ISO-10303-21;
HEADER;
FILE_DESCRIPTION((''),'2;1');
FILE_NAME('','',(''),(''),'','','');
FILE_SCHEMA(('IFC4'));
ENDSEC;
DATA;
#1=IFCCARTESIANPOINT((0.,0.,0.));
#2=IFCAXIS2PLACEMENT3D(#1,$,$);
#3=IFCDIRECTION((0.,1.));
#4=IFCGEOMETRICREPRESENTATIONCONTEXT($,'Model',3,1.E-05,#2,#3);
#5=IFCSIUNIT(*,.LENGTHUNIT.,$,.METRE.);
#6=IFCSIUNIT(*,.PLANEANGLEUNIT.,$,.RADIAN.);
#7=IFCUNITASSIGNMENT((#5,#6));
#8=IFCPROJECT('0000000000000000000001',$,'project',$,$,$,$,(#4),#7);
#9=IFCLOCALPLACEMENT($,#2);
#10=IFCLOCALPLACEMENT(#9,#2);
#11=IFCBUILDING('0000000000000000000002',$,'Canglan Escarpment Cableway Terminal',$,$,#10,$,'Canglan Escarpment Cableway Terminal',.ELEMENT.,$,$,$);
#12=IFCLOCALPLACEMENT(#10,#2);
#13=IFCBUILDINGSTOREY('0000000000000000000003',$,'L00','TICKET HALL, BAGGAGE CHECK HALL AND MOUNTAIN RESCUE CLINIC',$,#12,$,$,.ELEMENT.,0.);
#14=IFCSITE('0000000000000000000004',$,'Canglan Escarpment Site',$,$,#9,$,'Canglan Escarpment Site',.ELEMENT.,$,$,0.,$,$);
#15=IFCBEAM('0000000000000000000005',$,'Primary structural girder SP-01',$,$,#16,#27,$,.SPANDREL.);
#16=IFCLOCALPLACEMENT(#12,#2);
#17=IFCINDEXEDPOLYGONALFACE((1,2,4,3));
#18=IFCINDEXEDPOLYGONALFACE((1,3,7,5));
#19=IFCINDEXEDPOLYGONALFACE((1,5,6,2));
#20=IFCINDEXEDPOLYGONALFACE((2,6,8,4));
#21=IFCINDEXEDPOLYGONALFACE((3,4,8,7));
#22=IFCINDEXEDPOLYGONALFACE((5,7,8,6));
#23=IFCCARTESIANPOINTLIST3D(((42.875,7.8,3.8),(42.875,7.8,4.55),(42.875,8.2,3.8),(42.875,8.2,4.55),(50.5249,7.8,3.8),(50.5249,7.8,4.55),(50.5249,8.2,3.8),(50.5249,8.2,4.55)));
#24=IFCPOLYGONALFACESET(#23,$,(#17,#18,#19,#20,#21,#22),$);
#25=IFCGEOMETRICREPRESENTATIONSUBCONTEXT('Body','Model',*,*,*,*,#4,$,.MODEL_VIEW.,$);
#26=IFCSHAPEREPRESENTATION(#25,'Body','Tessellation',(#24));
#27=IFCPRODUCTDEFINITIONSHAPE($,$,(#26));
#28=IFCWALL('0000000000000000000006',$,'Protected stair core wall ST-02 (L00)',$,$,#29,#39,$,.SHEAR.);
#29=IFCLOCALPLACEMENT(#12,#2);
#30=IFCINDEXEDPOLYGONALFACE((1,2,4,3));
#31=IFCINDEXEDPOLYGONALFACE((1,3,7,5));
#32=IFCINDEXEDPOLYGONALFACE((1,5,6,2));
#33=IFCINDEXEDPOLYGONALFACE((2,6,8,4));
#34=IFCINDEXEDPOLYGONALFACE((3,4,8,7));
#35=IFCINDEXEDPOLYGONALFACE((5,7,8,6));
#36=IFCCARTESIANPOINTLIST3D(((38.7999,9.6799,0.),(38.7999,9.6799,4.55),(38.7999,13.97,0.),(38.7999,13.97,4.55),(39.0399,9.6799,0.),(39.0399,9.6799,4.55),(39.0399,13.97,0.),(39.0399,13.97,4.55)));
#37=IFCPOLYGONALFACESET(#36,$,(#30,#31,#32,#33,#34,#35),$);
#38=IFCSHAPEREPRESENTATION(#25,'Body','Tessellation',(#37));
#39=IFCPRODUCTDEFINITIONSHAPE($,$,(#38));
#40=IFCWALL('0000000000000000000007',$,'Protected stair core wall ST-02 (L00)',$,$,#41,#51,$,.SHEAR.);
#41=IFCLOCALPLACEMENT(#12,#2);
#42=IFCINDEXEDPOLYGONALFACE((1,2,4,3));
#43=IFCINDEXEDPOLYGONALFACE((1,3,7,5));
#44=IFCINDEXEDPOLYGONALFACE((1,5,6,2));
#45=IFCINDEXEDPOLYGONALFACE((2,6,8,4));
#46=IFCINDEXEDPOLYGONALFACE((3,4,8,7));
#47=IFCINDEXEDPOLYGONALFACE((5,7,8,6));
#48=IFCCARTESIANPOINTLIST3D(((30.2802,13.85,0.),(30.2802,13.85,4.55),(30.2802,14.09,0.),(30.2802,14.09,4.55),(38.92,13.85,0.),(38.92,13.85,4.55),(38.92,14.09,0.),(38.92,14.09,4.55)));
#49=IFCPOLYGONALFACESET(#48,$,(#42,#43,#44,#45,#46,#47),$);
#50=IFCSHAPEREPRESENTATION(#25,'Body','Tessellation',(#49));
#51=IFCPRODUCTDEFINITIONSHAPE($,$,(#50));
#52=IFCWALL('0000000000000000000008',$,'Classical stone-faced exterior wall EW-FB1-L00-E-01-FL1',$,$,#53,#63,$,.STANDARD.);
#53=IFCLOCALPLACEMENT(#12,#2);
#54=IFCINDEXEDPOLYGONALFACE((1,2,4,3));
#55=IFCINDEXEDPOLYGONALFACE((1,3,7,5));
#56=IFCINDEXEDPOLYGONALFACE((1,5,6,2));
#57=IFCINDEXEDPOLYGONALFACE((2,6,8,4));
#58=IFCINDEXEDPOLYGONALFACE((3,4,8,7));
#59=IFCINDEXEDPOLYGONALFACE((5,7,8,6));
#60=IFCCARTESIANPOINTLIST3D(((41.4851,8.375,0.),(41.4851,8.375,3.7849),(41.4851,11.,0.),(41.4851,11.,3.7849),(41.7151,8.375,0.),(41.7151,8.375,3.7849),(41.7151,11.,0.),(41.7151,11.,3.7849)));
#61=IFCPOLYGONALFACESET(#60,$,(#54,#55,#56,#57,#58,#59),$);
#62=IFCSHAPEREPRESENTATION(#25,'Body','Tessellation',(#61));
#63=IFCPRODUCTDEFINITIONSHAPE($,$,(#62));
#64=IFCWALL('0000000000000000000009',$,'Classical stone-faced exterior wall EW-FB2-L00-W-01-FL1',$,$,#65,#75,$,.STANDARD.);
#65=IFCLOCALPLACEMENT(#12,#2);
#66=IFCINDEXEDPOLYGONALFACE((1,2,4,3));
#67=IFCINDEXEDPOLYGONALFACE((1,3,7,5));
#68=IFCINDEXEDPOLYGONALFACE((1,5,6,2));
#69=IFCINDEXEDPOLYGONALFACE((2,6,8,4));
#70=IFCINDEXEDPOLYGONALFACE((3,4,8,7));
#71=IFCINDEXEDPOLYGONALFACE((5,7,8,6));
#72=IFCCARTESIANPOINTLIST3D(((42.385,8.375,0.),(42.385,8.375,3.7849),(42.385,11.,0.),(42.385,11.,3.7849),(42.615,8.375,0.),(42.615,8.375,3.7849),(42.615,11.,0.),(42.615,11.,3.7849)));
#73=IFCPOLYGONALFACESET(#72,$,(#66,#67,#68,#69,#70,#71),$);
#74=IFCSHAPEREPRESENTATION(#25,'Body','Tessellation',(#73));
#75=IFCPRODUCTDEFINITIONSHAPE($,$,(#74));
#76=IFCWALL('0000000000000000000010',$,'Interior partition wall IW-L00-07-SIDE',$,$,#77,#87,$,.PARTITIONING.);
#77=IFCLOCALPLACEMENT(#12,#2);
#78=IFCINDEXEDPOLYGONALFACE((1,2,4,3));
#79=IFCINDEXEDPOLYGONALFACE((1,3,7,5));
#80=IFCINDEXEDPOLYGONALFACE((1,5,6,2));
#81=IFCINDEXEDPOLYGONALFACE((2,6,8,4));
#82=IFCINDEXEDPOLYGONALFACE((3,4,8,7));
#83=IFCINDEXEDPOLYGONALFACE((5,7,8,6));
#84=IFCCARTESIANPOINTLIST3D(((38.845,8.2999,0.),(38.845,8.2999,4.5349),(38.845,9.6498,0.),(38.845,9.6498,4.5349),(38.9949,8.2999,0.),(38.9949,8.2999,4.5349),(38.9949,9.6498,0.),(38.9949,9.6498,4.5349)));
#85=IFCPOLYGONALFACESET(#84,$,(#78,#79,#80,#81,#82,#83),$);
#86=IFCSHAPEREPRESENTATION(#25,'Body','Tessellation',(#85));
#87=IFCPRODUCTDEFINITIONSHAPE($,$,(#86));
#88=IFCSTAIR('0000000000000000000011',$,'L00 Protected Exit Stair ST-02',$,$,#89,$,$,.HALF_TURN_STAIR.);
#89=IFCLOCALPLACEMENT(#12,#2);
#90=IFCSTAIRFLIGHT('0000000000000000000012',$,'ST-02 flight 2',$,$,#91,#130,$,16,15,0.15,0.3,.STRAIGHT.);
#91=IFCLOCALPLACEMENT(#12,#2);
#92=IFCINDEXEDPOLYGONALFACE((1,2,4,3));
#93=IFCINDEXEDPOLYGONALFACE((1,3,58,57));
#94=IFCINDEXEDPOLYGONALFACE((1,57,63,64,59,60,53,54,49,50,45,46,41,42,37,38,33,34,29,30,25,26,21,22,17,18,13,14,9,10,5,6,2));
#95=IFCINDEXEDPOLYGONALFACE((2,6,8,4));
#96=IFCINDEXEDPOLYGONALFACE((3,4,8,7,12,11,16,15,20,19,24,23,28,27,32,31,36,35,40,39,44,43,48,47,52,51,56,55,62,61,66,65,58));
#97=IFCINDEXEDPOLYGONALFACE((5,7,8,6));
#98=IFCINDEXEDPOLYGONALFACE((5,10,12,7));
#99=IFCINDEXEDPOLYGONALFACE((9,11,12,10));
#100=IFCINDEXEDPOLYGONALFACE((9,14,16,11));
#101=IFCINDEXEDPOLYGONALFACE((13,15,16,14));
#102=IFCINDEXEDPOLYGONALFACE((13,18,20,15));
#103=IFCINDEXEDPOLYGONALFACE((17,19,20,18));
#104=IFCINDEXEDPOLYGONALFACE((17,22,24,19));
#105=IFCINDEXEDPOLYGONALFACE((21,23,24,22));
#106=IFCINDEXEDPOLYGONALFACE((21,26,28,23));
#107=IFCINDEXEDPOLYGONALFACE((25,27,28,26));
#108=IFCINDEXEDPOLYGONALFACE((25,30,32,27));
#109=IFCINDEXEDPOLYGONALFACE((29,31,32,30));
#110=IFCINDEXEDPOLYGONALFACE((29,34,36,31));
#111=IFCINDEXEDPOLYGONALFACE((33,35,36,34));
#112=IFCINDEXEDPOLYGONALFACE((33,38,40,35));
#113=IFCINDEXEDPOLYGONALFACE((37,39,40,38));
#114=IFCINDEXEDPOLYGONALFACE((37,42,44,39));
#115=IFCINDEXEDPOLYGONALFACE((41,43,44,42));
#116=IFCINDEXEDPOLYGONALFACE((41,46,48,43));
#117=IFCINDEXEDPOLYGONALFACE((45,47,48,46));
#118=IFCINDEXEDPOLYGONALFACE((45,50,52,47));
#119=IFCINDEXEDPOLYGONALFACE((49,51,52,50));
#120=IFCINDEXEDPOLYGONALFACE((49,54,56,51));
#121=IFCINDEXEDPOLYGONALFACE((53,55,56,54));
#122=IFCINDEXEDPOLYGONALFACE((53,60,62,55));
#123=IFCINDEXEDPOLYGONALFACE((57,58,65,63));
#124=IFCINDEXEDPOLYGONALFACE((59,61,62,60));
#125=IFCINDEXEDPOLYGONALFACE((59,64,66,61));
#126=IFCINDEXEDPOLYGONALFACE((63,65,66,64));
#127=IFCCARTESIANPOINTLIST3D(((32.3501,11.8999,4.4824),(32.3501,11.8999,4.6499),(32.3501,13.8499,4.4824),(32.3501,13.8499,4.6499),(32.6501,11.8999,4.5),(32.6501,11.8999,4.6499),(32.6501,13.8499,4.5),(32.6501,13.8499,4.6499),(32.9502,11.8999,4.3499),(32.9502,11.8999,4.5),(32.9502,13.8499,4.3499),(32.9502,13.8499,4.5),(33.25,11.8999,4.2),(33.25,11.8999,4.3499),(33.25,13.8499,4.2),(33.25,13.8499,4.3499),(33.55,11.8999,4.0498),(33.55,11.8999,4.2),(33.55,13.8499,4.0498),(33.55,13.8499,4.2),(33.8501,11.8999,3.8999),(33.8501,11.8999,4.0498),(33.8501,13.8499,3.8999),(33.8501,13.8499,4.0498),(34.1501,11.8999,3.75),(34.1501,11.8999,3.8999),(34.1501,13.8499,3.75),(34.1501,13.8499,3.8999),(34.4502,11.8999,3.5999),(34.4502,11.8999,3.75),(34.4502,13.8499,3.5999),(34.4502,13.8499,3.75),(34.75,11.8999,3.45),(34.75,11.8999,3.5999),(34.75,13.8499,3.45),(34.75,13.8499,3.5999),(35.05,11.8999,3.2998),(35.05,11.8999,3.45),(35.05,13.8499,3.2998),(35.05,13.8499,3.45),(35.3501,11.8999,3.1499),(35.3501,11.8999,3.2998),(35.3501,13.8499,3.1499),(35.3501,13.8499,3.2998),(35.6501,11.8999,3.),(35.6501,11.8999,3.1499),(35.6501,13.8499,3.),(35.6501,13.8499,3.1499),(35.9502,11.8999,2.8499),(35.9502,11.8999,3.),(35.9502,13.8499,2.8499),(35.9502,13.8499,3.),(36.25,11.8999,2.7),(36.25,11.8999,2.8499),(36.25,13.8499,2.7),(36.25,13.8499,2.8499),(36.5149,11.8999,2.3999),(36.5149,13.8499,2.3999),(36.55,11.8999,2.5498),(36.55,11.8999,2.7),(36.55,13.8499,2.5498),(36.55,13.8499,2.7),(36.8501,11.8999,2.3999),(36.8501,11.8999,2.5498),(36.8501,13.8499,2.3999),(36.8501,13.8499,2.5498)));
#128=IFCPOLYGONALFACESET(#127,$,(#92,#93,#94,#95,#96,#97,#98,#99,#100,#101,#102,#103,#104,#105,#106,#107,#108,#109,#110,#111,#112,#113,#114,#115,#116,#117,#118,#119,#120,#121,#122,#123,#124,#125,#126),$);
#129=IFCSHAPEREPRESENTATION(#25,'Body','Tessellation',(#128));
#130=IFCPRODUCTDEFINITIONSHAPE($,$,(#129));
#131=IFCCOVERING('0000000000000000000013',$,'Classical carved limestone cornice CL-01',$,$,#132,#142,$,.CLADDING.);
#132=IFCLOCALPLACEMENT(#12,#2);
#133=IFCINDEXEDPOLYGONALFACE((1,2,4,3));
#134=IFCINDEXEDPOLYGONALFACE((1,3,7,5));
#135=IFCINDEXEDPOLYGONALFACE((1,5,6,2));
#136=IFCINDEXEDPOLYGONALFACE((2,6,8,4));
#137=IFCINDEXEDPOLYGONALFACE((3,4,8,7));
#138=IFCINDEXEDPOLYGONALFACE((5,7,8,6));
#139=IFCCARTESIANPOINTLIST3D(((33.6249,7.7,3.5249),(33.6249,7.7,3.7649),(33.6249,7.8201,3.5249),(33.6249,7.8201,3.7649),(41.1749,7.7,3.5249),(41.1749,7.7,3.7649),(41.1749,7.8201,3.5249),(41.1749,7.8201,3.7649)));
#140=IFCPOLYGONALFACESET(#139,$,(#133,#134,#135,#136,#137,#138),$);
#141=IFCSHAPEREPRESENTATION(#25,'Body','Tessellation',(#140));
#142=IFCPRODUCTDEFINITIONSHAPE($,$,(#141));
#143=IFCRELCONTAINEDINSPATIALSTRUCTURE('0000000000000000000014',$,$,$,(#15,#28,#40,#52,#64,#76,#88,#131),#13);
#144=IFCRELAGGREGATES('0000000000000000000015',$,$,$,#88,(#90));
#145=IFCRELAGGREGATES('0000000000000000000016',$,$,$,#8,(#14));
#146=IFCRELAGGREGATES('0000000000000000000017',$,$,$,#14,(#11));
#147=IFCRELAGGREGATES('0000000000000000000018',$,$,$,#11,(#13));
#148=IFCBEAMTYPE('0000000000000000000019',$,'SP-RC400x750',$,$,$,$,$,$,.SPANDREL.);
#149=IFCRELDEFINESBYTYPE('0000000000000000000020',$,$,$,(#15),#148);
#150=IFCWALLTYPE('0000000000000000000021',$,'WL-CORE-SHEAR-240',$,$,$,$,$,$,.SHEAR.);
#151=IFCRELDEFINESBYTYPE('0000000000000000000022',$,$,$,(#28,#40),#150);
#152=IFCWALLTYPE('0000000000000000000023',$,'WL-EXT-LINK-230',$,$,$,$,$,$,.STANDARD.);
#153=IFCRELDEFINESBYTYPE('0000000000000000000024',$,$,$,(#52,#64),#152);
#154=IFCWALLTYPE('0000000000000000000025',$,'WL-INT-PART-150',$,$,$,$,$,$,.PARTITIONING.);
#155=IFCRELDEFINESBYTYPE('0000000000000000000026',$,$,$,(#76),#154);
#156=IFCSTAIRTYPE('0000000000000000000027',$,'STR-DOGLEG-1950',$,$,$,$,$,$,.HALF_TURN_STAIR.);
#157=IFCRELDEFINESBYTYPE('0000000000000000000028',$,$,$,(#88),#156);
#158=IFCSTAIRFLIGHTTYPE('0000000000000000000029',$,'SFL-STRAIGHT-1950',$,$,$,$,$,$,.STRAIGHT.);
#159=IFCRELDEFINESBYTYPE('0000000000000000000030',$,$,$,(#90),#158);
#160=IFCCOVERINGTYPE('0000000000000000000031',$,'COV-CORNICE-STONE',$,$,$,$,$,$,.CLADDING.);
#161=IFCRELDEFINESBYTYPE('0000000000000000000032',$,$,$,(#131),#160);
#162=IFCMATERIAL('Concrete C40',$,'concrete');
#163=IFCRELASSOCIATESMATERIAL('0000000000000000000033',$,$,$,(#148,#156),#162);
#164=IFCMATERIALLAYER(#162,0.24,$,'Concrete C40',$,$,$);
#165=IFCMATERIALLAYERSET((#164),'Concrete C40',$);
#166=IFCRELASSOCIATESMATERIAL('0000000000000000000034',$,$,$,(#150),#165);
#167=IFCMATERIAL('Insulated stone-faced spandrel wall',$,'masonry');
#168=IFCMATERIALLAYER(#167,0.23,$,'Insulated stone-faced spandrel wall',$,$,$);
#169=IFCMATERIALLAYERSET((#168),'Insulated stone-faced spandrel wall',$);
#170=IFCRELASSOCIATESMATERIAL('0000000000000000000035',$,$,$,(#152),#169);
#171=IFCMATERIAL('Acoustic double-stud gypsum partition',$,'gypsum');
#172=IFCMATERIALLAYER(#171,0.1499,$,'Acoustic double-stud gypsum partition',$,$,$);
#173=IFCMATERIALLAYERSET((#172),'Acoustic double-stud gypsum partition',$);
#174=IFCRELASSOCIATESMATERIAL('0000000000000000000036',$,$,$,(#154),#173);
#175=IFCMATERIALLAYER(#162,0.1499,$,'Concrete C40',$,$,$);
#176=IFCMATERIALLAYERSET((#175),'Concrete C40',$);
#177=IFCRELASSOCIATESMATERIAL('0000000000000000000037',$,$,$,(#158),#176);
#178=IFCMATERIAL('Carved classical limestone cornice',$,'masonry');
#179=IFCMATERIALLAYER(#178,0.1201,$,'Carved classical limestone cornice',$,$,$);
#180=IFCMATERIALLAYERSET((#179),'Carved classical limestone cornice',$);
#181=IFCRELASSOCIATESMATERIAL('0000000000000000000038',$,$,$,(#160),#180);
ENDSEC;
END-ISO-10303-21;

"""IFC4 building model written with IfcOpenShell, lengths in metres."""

from ifc_helpers import new_model, si_unit, direction, frame, frame_2d, origin, origin_2d, place, context, subcontext, project, spatial, polyline, rectangle, outline, extrude, material, layer, layer_set, material_profile, profile_set, type_object, element, aggregate, save


model = new_model("IFC4")

# Units and contexts
model_context = context("Model", 3, precision=1e-05, world=origin(), true_north=direction((0.0, 1.0)))
body_context = subcontext(model_context, "Body", "Model", "MODEL_VIEW")
ifc_project = project(units=[si_unit("LENGTHUNIT", "METRE"), si_unit("PLANEANGLEUNIT", "RADIAN")], contexts=[model_context])

# Site, building, storey
site_placement = place(None, origin())
site = spatial("IfcSite", under=ifc_project, at=site_placement, Name="Canglan Escarpment Site", LongName="Canglan Escarpment Site", CompositionType="ELEMENT", RefElevation=0.0)
building_placement = place(site_placement, origin())
building = spatial("IfcBuilding", under=site, at=building_placement, Name="Canglan Escarpment Cableway Terminal", LongName="Canglan Escarpment Cableway Terminal", CompositionType="ELEMENT")
storey_placement = place(building_placement, origin())
storey = spatial("IfcBuildingStorey", under=building, at=storey_placement, Name="L00", Description="TICKET HALL, BAGGAGE CHECK HALL AND MOUNTAIN RESCUE CLINIC", CompositionType="ELEMENT", Elevation=0.0)

# Shared definitions
ifc_material_1 = material(Name="Concrete C40", Category="concrete")

# Beam
ifc_material_profile_1 = material_profile(ifc_material_1, rectangle(XDim=0.3999, YDim=0.75, at=origin_2d()), Name="RC 400x750")
ifc_profile_set_1 = profile_set([ifc_material_profile_1], Name="Concrete C40")
beam_type_1 = type_object("IfcBeamType", Name="SP-RC400x750", PredefinedType="SPANDREL", material=ifc_profile_set_1)
beam_placement = place(storey_placement, frame((42.875, 8.0, 4.175), z_axis=(1.0, 0.0, 0.0), x_axis=(0.0, 1.0, 0.0)))
element("IfcBeam", 1, at=beam_placement, inside=storey, type_object=beam_type_1, Name="Primary structural girder SP-01", PredefinedType="SPANDREL", context=body_context, shape_type="SweptSolid", body=[
    extrude(rectangle(XDim=0.3999, YDim=0.75, at=origin_2d()), origin(), (0.0, 0.0, 1.0), 7.6499),
])

# Walls
ifc_layer_1 = layer(ifc_material_1, 0.24, Name="Concrete C40")
ifc_layer_set_1 = layer_set([ifc_layer_1], Name="Concrete C40")
wall_type_1 = type_object("IfcWallType", Name="WL-CORE-SHEAR-240", PredefinedType="SHEAR", material=ifc_layer_set_1)
wall_1_placement = place(storey_placement, frame((38.9199, 9.6799, 0.0), z_axis=(0.0, 0.0, 1.0), x_axis=(0.0, 1.0, 0.0)))
element("IfcWall", 2, at=wall_1_placement, inside=storey, type_object=wall_type_1, Name="Protected stair core wall ST-02 (L00)", PredefinedType="SHEAR", context=body_context, shape_type="SweptSolid", body=[
    extrude(rectangle(XDim=4.29, YDim=0.24, at=frame_2d((2.145, 0.0))), origin(), (0.0, 0.0, 1.0), 4.55),
])
wall_2_placement = place(storey_placement, frame((38.9199, 13.97, 0.0), z_axis=(0.0, 0.0, 1.0), x_axis=(-1.0, 0.0, 0.0)))
element("IfcWall", 3, at=wall_2_placement, inside=storey, type_object=wall_type_1, Name="Protected stair core wall ST-02 (L00)", PredefinedType="SHEAR", context=body_context, shape_type="SweptSolid", body=[
    extrude(rectangle(XDim=8.6399, YDim=0.24, at=frame_2d((4.3198, 0.0))), origin(), (0.0, 0.0, 1.0), 4.55),
])
ifc_material_2 = material(Name="Insulated stone-faced spandrel wall", Category="masonry")
ifc_layer_2 = layer(ifc_material_2, 0.23, Name="Insulated stone-faced spandrel wall")
ifc_layer_set_2 = layer_set([ifc_layer_2], Name="Insulated stone-faced spandrel wall")
wall_type_2 = type_object("IfcWallType", Name="WL-EXT-LINK-230", PredefinedType="STANDARD", material=ifc_layer_set_2)
for number, where, z_axis, x_axis, name in (
    (4, (41.6001, 8.375, 0.0), (0.0, 0.0, 1.0), (0.0, 1.0, 0.0), "Classical stone-faced exterior wall EW-FB1-L00-E-01-FL1"),
    (5, (42.5, 8.375, 0.0), (0.0, 0.0, 1.0), (0.0, 1.0, 0.0), "Classical stone-faced exterior wall EW-FB2-L00-W-01-FL1"),
):
    element("IfcWall", number, at=place(storey_placement, frame(where, z_axis=z_axis, x_axis=x_axis)), inside=storey, type_object=wall_type_2, Name=name, PredefinedType="STANDARD", context=body_context, shape_type="SweptSolid", body=[
        extrude(rectangle(XDim=2.625, YDim=0.23, at=frame_2d((1.3125, 0.0))), origin(), (0.0, 0.0, 1.0), 3.7849),
    ])
ifc_material_3 = material(Name="Acoustic double-stud gypsum partition", Category="gypsum")
ifc_layer_3 = layer(ifc_material_3, 0.1499, Name="Acoustic double-stud gypsum partition")
ifc_layer_set_3 = layer_set([ifc_layer_3], Name="Acoustic double-stud gypsum partition")
wall_type_3 = type_object("IfcWallType", Name="WL-INT-PART-150", PredefinedType="PARTITIONING", material=ifc_layer_set_3)
wall_3_placement = place(storey_placement, frame((38.9199, 8.3, 0.0), z_axis=(0.0, 0.0, 1.0), x_axis=(0.0, 1.0, 0.0)))
element("IfcWall", 6, at=wall_3_placement, inside=storey, type_object=wall_type_3, Name="Interior partition wall IW-L00-07-SIDE", PredefinedType="PARTITIONING", context=body_context, shape_type="SweptSolid", body=[
    extrude(rectangle(XDim=1.3499, YDim=0.1499, at=frame_2d((0.6748, 0.0))), origin(), (0.0, 0.0, 1.0), 4.5349),
])

# Stair, stair flight
stair_type = type_object("IfcStairType", Name="STR-DOGLEG-1950", PredefinedType="HALF_TURN_STAIR", material=ifc_material_1)
stair_placement = place(storey_placement, origin())
stair = element("IfcStair", 7, at=stair_placement, inside=storey, type_object=stair_type, Name="L00 Protected Exit Stair ST-02", PredefinedType="HALF_TURN_STAIR")
ifc_layer_4 = layer(ifc_material_1, 0.1499, Name="Concrete C40")
ifc_layer_set_4 = layer_set([ifc_layer_4], Name="Concrete C40")
stair_flight_type = type_object("IfcStairFlightType", Name="SFL-STRAIGHT-1950", PredefinedType="STRAIGHT", material=ifc_layer_set_4)
stair_flight_placement = place(storey_placement, frame((36.8501, 12.875, 2.3999), z_axis=(0.0, 0.0, 1.0), x_axis=(-1.0, 0.0, 0.0)))
stair_flight = element("IfcStairFlight", 8, at=stair_flight_placement, type_object=stair_flight_type, Name="ST-02 flight 2", NumberOfRisers=16, NumberOfTreads=15, PredefinedType="STRAIGHT", RiserHeight=0.15, TreadLength=0.3, context=body_context, shape_type="SweptSolid", body=[
    extrude(outline(polyline([(0.0, 0.0), (0.0, 0.1499), (0.3, 0.1499), (0.3, 0.3), (0.6001, 0.3), (0.6001, 0.45), (0.8999, 0.45), (0.8999, 0.6001), (1.2, 0.6001), (1.2, 0.75), (1.5, 0.75), (1.5, 0.8999), (1.8, 0.8999), (1.8, 1.05), (2.1001, 1.05), (2.1001, 1.2), (2.3999, 1.2), (2.3999, 1.3501), (2.7, 1.3501), (2.7, 1.5), (3.0, 1.5), (3.0, 1.6499), (3.3, 1.6499), (3.3, 1.8), (3.6001, 1.8), (3.6001, 1.95), (3.8999, 1.95), (3.8999, 2.1001), (4.2, 2.1001), (4.2, 2.25), (4.5, 2.25), (4.5, 2.3999), (4.5, 2.0825), (0.3352, 0.0), (0.0, 0.0)])), frame((0.0, 0.9751, 0.0), z_axis=(0.0, -1.0, 0.0), x_axis=(1.0, 0.0, 0.0)), (0.0, 0.0, 1.0), 1.95),
])
aggregate(stair, [stair_flight])

# Covering
ifc_material_4 = material(Name="Carved classical limestone cornice", Category="masonry")
ifc_layer_5 = layer(ifc_material_4, 0.1201, Name="Carved classical limestone cornice")
ifc_layer_set_5 = layer_set([ifc_layer_5], Name="Carved classical limestone cornice")
covering_type = type_object("IfcCoveringType", Name="COV-CORNICE-STONE", PredefinedType="CLADDING", material=ifc_layer_set_5)
covering_placement = place(storey_placement, frame((37.3999, 7.76, 3.5249), z_axis=(0.0, 0.0, 1.0), x_axis=(1.0, 0.0, 0.0)))
element("IfcCovering", 9, at=covering_placement, inside=storey, type_object=covering_type, Name="Classical carved limestone cornice CL-01", PredefinedType="CLADDING", context=body_context, shape_type="SweptSolid", body=[
    extrude(rectangle(XDim=7.55, YDim=0.1201, at=origin_2d()), origin(), (0.0, 0.0, 1.0), 0.24),
])

save(model, "model.ifc")
